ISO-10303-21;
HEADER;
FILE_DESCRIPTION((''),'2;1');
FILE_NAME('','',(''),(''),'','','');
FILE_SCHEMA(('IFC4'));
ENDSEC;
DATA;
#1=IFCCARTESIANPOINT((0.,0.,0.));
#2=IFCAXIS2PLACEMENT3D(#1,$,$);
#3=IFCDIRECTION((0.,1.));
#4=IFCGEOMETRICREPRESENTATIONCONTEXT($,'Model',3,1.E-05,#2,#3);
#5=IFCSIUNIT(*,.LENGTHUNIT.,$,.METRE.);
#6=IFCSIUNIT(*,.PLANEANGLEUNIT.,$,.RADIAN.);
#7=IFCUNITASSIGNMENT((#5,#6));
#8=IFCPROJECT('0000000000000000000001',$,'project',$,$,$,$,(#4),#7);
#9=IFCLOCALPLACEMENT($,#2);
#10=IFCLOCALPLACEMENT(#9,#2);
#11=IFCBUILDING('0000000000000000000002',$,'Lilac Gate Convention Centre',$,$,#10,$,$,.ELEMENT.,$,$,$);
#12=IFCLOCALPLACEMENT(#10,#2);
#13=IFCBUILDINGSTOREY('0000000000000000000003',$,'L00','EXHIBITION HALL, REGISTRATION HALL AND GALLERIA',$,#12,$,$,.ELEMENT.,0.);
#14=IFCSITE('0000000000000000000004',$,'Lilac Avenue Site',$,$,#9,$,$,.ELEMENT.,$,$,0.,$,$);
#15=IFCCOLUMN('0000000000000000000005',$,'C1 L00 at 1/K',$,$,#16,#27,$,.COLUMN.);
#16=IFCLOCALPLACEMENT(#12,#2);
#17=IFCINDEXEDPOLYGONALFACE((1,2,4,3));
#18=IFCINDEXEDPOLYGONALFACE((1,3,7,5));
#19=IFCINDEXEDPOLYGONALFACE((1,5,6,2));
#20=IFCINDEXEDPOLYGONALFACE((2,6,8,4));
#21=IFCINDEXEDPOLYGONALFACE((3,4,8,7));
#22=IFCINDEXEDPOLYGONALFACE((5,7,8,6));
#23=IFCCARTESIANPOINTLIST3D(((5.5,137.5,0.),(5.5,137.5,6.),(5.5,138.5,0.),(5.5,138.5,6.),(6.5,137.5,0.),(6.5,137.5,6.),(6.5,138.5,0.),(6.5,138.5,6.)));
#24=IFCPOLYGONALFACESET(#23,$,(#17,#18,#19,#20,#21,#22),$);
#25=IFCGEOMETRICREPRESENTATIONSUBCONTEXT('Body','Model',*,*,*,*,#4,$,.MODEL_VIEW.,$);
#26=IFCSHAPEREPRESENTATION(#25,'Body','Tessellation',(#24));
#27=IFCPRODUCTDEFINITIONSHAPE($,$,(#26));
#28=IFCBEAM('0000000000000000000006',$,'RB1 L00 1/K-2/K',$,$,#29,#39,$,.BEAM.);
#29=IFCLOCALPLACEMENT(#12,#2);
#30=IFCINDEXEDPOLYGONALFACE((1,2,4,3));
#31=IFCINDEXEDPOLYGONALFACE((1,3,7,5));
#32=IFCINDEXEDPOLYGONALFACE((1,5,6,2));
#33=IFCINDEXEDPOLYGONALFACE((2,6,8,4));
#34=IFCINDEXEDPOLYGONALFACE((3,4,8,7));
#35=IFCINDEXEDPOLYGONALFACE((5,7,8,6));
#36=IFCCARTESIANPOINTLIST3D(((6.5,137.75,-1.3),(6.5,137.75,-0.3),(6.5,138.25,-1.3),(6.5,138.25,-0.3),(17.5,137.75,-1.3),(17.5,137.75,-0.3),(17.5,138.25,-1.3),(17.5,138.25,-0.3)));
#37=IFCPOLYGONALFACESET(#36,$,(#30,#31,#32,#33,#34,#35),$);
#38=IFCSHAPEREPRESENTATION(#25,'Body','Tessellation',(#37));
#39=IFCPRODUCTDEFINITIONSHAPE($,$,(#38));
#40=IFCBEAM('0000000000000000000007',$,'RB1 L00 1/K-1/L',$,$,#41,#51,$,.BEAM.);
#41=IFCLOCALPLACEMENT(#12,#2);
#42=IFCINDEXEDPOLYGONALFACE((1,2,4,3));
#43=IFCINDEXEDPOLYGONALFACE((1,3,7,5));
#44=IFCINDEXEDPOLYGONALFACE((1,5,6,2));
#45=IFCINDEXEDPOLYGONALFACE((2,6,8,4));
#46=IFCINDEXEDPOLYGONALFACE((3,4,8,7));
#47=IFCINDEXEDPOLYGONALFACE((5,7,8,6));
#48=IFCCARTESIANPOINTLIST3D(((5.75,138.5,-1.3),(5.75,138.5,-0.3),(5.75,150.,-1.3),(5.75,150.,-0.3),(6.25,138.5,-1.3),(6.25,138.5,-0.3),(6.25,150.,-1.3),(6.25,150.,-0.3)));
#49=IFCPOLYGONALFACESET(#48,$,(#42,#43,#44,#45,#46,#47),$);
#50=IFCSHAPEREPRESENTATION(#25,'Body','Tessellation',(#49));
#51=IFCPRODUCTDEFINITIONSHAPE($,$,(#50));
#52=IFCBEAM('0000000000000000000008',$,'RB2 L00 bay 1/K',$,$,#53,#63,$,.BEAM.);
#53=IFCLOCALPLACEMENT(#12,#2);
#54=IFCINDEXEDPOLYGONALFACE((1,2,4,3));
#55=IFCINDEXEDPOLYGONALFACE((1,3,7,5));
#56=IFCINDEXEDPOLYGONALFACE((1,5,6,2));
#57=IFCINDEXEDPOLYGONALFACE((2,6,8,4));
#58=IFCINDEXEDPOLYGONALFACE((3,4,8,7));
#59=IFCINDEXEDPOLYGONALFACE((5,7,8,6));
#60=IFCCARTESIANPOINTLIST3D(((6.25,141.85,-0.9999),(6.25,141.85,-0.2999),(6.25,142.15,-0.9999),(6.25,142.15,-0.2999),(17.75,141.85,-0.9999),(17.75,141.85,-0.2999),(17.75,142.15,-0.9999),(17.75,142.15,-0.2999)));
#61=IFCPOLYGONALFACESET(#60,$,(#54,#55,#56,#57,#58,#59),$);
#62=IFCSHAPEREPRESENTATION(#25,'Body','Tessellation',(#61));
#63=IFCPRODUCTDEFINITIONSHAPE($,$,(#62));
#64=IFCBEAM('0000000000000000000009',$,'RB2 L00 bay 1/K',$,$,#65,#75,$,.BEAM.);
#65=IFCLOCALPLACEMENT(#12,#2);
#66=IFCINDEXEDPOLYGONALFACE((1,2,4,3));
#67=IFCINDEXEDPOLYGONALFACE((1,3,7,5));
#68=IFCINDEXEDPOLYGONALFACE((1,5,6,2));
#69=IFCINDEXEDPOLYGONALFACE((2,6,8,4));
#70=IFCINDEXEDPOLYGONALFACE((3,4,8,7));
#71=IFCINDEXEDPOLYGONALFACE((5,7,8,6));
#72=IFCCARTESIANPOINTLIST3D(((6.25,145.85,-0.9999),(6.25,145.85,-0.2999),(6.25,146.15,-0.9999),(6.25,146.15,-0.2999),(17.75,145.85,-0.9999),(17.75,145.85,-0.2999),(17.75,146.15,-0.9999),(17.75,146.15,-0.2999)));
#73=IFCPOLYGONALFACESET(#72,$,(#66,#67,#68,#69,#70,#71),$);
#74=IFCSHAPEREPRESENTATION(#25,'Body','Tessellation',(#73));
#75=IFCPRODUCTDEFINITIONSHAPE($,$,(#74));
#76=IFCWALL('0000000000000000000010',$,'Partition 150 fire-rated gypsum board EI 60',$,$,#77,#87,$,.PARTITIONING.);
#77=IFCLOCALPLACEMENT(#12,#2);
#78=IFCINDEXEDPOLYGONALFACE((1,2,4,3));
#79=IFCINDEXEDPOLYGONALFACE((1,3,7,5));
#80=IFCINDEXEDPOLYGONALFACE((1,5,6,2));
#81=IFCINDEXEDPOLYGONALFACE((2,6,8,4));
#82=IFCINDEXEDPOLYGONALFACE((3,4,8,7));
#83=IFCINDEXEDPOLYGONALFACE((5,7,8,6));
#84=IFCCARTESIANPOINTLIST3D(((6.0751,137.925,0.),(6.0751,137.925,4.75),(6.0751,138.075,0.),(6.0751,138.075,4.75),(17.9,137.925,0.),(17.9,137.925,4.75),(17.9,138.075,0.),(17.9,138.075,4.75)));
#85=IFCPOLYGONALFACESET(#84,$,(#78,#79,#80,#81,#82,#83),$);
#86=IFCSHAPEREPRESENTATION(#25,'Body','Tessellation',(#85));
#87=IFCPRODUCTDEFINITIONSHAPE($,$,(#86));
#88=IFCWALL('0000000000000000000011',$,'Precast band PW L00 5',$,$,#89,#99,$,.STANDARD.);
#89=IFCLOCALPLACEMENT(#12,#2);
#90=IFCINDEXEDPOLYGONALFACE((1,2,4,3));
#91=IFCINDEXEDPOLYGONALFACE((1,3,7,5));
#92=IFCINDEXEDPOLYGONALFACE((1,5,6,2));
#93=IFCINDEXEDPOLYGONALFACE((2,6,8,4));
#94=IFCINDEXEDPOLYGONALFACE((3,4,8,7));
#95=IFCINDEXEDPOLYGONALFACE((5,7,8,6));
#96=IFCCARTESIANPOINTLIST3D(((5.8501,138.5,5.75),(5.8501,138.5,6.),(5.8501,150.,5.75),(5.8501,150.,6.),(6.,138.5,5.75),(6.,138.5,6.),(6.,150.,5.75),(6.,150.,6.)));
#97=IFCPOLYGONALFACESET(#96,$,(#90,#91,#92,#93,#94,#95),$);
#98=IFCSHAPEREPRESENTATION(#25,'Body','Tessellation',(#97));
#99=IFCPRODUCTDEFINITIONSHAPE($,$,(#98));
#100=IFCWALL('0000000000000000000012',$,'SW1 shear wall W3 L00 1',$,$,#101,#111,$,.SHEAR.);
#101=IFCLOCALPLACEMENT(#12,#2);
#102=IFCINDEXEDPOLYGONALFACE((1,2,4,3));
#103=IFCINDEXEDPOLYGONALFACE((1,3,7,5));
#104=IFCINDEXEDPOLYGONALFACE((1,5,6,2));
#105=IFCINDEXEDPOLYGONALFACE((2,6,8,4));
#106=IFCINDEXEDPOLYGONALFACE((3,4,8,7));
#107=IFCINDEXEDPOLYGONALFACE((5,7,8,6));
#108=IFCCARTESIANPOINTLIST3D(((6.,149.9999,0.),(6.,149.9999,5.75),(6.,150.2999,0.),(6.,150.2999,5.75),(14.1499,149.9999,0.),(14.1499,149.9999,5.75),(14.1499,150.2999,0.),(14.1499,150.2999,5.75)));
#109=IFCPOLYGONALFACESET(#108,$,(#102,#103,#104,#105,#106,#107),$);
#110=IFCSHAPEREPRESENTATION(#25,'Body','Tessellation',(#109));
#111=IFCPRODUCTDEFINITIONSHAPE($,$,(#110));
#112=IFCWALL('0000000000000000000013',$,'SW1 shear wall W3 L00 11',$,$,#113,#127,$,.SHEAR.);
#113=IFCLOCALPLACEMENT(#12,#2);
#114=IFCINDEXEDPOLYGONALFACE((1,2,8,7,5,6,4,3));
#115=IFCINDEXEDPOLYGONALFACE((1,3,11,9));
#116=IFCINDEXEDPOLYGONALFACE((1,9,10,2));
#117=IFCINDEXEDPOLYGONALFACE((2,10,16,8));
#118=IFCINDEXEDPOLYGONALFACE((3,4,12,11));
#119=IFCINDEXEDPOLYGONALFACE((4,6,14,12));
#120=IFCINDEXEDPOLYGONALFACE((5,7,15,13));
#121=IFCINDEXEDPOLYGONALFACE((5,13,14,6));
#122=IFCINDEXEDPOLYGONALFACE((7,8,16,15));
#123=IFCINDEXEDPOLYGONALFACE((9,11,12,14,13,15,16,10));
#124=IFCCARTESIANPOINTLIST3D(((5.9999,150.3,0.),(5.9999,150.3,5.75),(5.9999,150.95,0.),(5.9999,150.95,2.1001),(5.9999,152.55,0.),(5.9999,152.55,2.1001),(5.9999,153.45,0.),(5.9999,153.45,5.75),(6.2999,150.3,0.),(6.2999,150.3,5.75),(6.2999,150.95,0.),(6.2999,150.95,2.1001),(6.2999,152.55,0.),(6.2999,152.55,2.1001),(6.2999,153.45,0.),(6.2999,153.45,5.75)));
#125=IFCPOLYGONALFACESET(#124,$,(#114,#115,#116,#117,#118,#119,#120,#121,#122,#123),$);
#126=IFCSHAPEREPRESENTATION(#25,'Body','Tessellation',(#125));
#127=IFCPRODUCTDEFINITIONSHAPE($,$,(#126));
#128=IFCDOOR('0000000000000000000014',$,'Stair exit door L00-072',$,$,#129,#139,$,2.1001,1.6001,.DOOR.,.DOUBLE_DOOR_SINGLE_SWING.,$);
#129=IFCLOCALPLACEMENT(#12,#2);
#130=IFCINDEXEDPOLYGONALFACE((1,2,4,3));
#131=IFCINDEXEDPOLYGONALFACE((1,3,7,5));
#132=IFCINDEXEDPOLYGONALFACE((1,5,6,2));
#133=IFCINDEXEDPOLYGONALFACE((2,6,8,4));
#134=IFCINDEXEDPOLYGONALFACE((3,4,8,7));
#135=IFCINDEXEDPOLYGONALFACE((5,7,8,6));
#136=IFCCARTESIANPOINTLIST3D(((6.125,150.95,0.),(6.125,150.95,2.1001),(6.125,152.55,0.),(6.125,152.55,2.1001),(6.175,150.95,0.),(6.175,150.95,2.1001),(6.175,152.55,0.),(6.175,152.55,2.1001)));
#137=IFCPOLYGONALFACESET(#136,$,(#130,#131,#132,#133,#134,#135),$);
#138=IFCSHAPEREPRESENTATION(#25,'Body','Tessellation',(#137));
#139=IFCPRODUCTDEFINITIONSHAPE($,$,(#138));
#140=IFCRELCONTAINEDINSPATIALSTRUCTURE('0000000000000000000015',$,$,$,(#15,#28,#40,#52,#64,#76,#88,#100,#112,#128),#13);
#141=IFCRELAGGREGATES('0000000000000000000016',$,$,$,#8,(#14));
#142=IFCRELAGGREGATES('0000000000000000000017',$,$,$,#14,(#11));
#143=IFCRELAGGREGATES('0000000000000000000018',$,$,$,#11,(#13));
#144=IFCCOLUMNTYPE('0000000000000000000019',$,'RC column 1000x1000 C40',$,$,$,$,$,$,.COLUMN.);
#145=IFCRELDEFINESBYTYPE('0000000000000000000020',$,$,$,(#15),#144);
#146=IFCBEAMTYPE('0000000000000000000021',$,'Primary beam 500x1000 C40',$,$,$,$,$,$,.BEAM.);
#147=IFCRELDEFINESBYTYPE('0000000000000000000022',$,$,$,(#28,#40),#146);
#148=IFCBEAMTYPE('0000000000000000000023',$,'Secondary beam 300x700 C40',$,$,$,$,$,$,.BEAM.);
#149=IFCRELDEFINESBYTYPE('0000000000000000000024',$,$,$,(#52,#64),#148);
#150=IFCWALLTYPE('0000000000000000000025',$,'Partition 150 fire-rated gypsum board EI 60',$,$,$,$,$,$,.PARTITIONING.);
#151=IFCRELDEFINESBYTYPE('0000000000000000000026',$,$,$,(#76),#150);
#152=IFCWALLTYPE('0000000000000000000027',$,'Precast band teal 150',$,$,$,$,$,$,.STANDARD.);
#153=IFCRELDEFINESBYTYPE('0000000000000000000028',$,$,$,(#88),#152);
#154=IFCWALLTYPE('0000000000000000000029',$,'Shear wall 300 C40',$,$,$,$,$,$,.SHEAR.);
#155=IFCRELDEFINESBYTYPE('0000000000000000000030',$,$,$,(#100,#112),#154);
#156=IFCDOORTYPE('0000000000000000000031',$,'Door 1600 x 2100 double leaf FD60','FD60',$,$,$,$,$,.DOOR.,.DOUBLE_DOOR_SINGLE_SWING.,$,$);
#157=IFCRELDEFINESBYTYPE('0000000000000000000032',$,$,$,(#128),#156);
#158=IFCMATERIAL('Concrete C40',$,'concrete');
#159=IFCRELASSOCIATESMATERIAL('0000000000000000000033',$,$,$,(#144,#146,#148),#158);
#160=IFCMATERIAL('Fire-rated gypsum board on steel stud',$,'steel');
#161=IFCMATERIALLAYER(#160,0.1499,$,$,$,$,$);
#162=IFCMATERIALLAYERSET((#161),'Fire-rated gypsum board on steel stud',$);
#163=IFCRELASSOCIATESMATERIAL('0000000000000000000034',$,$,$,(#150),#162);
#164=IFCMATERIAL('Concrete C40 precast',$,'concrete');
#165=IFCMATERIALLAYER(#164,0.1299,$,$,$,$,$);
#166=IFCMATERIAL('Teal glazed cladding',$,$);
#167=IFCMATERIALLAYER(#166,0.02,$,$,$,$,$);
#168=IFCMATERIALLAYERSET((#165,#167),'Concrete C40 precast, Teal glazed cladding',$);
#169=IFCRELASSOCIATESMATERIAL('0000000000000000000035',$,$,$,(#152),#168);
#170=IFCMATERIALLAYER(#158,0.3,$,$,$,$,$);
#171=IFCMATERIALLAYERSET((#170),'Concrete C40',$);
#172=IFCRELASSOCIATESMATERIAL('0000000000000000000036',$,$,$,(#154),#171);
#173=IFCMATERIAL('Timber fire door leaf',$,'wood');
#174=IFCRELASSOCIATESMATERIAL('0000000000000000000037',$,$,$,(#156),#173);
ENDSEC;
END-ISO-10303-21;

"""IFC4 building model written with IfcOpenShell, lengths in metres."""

from ifc_helpers import new_model, si_unit, direction, frame, frame_2d, origin, origin_2d, place, context, subcontext, project, spatial, rectangle, extrude, material, layer, layer_set, material_profile, profile_set, type_object, element, fill, save


model = new_model("IFC4")

# Units and contexts
model_context = context("Model", 3, precision=1e-05, world=origin(), true_north=direction((0.0, 1.0)))
body_context = subcontext(model_context, "Body", "Model", "MODEL_VIEW")
ifc_project = project(units=[si_unit("LENGTHUNIT", "METRE"), si_unit("PLANEANGLEUNIT", "RADIAN")], contexts=[model_context])

# Site, building, storey
site_placement = place(None, origin())
site = spatial("IfcSite", under=ifc_project, at=site_placement, Name="Lilac Avenue Site", CompositionType="ELEMENT", RefElevation=0.0)
building_placement = place(site_placement, origin())
building = spatial("IfcBuilding", under=site, at=building_placement, Name="Lilac Gate Convention Centre", CompositionType="ELEMENT")
storey_placement = place(building_placement, origin())
storey = spatial("IfcBuildingStorey", under=building, at=storey_placement, Name="L00", Description="EXHIBITION HALL, REGISTRATION HALL AND GALLERIA", CompositionType="ELEMENT", Elevation=0.0)

# Column
ifc_material_1 = material(Name="Concrete C40", Category="concrete")
ifc_material_profile_1 = material_profile(ifc_material_1, rectangle(XDim=1.0, YDim=1.0, at=origin_2d()), Name="RC 1000x1000")
ifc_profile_set_1 = profile_set([ifc_material_profile_1], Name="Concrete C40")
column_type = type_object("IfcColumnType", Name="RC column 1000x1000 C40", PredefinedType="COLUMN", material=ifc_profile_set_1)
column_placement = place(storey_placement, frame((6.0, 138.0, 0.0), z_axis=(0.0, 0.0, 1.0), x_axis=(1.0, 0.0, 0.0)))
element("IfcColumn", 1, at=column_placement, inside=storey, type_object=column_type, Name="C1 L00 at 1/K", PredefinedType="COLUMN", context=body_context, shape_type="SweptSolid", body=[
    extrude(rectangle(XDim=1.0, YDim=1.0, at=origin_2d()), origin(), (0.0, 0.0, 1.0), 6.0),
])

# Beams
ifc_material_profile_2 = material_profile(ifc_material_1, rectangle(XDim=0.5, YDim=1.0, at=origin_2d()), Name="RC 500x1000")
ifc_profile_set_2 = profile_set([ifc_material_profile_2], Name="Concrete C40")
beam_type_1 = type_object("IfcBeamType", Name="Primary beam 500x1000 C40", PredefinedType="BEAM", material=ifc_profile_set_2)
beam_1_placement = place(storey_placement, frame((6.5, 138.0, -0.8), z_axis=(1.0, 0.0, 0.0), x_axis=(0.0, 1.0, 0.0)))
element("IfcBeam", 2, at=beam_1_placement, inside=storey, type_object=beam_type_1, Name="RB1 L00 1/K-2/K", PredefinedType="BEAM", context=body_context, shape_type="SweptSolid", body=[
    extrude(rectangle(XDim=0.5, YDim=1.0, at=origin_2d()), origin(), (0.0, 0.0, 1.0), 11.0),
])
beam_2_placement = place(storey_placement, frame((6.0, 138.5, -0.8), z_axis=(0.0, 1.0, 0.0), x_axis=(-1.0, 0.0, 0.0)))
element("IfcBeam", 3, at=beam_2_placement, inside=storey, type_object=beam_type_1, Name="RB1 L00 1/K-1/L", PredefinedType="BEAM", context=body_context, shape_type="SweptSolid", body=[
    extrude(rectangle(XDim=0.5, YDim=1.0, at=origin_2d()), origin(), (0.0, 0.0, 1.0), 11.5),
])
ifc_material_profile_3 = material_profile(ifc_material_1, rectangle(XDim=0.3, YDim=0.7, at=origin_2d()), Name="RC 300x700")
ifc_profile_set_3 = profile_set([ifc_material_profile_3], Name="Concrete C40")
beam_type_2 = type_object("IfcBeamType", Name="Secondary beam 300x700 C40", PredefinedType="BEAM", material=ifc_profile_set_3)
for number, where, z_axis, x_axis, name in (
    (4, (6.25, 142.0, -0.6499), (1.0, 0.0, 0.0), (0.0, 1.0, 0.0), "RB2 L00 bay 1/K"),
    (5, (6.25, 146.0, -0.6499), (1.0, 0.0, 0.0), (0.0, 1.0, 0.0), "RB2 L00 bay 1/K"),
):
    element("IfcBeam", number, at=place(storey_placement, frame(where, z_axis=z_axis, x_axis=x_axis)), inside=storey, type_object=beam_type_2, Name=name, PredefinedType="BEAM", context=body_context, shape_type="SweptSolid", body=[
        extrude(rectangle(XDim=0.3, YDim=0.7, at=origin_2d()), origin(), (0.0, 0.0, 1.0), 11.5),
    ])

# Wall
ifc_material_2 = material(Name="Fire-rated gypsum board on steel stud", Category="steel")
ifc_layer_1 = layer(ifc_material_2, 0.1499)
ifc_layer_set_1 = layer_set([ifc_layer_1], Name="Fire-rated gypsum board on steel stud")
wall_type_1 = type_object("IfcWallType", Name="Partition 150 fire-rated gypsum board EI 60", PredefinedType="PARTITIONING", material=ifc_layer_set_1)
wall_1_placement = place(storey_placement, frame((6.075, 138.0, 0.0), z_axis=(0.0, 0.0, 1.0), x_axis=(1.0, 0.0, 0.0)))
element("IfcWall", 6, at=wall_1_placement, inside=storey, type_object=wall_type_1, Name="Partition 150 fire-rated gypsum board EI 60", PredefinedType="PARTITIONING", context=body_context, shape_type="SweptSolid", body=[
    extrude(rectangle(XDim=11.825, YDim=0.1499, at=frame_2d((5.9126, 0.0))), origin(), (0.0, 0.0, 1.0), 4.75),
])

# Shared definitions
ifc_material_3 = material(Name="Concrete C40 precast", Category="concrete")

# Walls
ifc_layer_2 = layer(ifc_material_3, 0.1299)
ifc_material_4 = material(Name="Teal glazed cladding")
ifc_layer_3 = layer(ifc_material_4, 0.02)
ifc_layer_set_2 = layer_set([ifc_layer_2, ifc_layer_3], Name="Concrete C40 precast, Teal glazed cladding")
wall_type_2 = type_object("IfcWallType", Name="Precast band teal 150", PredefinedType="STANDARD", material=ifc_layer_set_2)
wall_2_placement = place(storey_placement, frame((5.925, 150.0, 5.75), z_axis=(0.0, 0.0, 1.0), x_axis=(0.0, -1.0, 0.0)))
element("IfcWall", 7, at=wall_2_placement, inside=storey, type_object=wall_type_2, Name="Precast band PW L00 5", PredefinedType="STANDARD", context=body_context, shape_type="SweptSolid", body=[
    extrude(rectangle(XDim=11.5, YDim=0.1499, at=frame_2d((5.75, 0.0))), origin(), (0.0, 0.0, 1.0), 0.25),
])
ifc_layer_4 = layer(ifc_material_1, 0.3)
ifc_layer_set_3 = layer_set([ifc_layer_4], Name="Concrete C40")
wall_type_3 = type_object("IfcWallType", Name="Shear wall 300 C40", PredefinedType="SHEAR", material=ifc_layer_set_3)
wall_3_placement = place(storey_placement, frame((6.0, 150.1499, 0.0), z_axis=(0.0, 0.0, 1.0), x_axis=(1.0, 0.0, 0.0)))
element("IfcWall", 8, at=wall_3_placement, inside=storey, type_object=wall_type_3, Name="SW1 shear wall W3 L00 1", PredefinedType="SHEAR", context=body_context, shape_type="SweptSolid", body=[
    extrude(rectangle(XDim=8.1499, YDim=0.3, at=frame_2d((4.075, 0.0))), origin(), (0.0, 0.0, 1.0), 5.75),
])

# Wall, opening, door
wall_4_placement = place(storey_placement, frame((6.1499, 150.3, 0.0), z_axis=(0.0, 0.0, 1.0), x_axis=(0.0, 1.0, 0.0)))
wall_4 = element("IfcWall", 9, at=wall_4_placement, inside=storey, type_object=wall_type_3, Name="SW1 shear wall W3 L00 11", PredefinedType="SHEAR", context=body_context, shape_type="SweptSolid", body=[
    extrude(rectangle(XDim=3.1499, YDim=0.3, at=frame_2d((1.575, 0.0))), origin(), (0.0, 0.0, 1.0), 5.75),
])
opening_1_placement = place(wall_4_placement, frame((0.6499, 0.0, 0.0)))
opening_1 = element("IfcOpeningElement", 10, at=opening_1_placement, cuts=wall_4, PredefinedType="OPENING", context=body_context, shape_type="SweptSolid", body=[
    extrude(rectangle(XDim=1.6001, YDim=2.1001, at=frame_2d((0.8, 1.05))), frame((0.0, 0.1599, 0.0), z_axis=(0.0, -1.0, 0.0), x_axis=(1.0, 0.0, 0.0)), (0.0, 0.0, 1.0), 0.3201),
])
ifc_material_5 = material(Name="Timber fire door leaf", Category="wood")
door_type_1 = type_object("IfcDoorType", Name="Door 1600 x 2100 double leaf FD60", Description="FD60", OperationType="DOUBLE_DOOR_SINGLE_SWING", PredefinedType="DOOR", material=ifc_material_5)
door_1_placement = place(opening_1_placement, origin())
door_1 = element("IfcDoor", 11, at=door_1_placement, inside=storey, type_object=door_type_1, Name="Stair exit door L00-072", OperationType="DOUBLE_DOOR_SINGLE_SWING", OverallHeight=2.1001, OverallWidth=1.6001, PredefinedType="DOOR", context=body_context, shape_type="SweptSolid", body=[
    extrude(rectangle(XDim=1.6001, YDim=2.1001, at=frame_2d((0.8, 1.05))), frame((0.0, 0.0249, 0.0), z_axis=(0.0, -1.0, 0.0), x_axis=(1.0, 0.0, 0.0)), (0.0, 0.0, 1.0), 0.05),
])
fill(opening_1, door_1)

save(model, "model.ifc")
